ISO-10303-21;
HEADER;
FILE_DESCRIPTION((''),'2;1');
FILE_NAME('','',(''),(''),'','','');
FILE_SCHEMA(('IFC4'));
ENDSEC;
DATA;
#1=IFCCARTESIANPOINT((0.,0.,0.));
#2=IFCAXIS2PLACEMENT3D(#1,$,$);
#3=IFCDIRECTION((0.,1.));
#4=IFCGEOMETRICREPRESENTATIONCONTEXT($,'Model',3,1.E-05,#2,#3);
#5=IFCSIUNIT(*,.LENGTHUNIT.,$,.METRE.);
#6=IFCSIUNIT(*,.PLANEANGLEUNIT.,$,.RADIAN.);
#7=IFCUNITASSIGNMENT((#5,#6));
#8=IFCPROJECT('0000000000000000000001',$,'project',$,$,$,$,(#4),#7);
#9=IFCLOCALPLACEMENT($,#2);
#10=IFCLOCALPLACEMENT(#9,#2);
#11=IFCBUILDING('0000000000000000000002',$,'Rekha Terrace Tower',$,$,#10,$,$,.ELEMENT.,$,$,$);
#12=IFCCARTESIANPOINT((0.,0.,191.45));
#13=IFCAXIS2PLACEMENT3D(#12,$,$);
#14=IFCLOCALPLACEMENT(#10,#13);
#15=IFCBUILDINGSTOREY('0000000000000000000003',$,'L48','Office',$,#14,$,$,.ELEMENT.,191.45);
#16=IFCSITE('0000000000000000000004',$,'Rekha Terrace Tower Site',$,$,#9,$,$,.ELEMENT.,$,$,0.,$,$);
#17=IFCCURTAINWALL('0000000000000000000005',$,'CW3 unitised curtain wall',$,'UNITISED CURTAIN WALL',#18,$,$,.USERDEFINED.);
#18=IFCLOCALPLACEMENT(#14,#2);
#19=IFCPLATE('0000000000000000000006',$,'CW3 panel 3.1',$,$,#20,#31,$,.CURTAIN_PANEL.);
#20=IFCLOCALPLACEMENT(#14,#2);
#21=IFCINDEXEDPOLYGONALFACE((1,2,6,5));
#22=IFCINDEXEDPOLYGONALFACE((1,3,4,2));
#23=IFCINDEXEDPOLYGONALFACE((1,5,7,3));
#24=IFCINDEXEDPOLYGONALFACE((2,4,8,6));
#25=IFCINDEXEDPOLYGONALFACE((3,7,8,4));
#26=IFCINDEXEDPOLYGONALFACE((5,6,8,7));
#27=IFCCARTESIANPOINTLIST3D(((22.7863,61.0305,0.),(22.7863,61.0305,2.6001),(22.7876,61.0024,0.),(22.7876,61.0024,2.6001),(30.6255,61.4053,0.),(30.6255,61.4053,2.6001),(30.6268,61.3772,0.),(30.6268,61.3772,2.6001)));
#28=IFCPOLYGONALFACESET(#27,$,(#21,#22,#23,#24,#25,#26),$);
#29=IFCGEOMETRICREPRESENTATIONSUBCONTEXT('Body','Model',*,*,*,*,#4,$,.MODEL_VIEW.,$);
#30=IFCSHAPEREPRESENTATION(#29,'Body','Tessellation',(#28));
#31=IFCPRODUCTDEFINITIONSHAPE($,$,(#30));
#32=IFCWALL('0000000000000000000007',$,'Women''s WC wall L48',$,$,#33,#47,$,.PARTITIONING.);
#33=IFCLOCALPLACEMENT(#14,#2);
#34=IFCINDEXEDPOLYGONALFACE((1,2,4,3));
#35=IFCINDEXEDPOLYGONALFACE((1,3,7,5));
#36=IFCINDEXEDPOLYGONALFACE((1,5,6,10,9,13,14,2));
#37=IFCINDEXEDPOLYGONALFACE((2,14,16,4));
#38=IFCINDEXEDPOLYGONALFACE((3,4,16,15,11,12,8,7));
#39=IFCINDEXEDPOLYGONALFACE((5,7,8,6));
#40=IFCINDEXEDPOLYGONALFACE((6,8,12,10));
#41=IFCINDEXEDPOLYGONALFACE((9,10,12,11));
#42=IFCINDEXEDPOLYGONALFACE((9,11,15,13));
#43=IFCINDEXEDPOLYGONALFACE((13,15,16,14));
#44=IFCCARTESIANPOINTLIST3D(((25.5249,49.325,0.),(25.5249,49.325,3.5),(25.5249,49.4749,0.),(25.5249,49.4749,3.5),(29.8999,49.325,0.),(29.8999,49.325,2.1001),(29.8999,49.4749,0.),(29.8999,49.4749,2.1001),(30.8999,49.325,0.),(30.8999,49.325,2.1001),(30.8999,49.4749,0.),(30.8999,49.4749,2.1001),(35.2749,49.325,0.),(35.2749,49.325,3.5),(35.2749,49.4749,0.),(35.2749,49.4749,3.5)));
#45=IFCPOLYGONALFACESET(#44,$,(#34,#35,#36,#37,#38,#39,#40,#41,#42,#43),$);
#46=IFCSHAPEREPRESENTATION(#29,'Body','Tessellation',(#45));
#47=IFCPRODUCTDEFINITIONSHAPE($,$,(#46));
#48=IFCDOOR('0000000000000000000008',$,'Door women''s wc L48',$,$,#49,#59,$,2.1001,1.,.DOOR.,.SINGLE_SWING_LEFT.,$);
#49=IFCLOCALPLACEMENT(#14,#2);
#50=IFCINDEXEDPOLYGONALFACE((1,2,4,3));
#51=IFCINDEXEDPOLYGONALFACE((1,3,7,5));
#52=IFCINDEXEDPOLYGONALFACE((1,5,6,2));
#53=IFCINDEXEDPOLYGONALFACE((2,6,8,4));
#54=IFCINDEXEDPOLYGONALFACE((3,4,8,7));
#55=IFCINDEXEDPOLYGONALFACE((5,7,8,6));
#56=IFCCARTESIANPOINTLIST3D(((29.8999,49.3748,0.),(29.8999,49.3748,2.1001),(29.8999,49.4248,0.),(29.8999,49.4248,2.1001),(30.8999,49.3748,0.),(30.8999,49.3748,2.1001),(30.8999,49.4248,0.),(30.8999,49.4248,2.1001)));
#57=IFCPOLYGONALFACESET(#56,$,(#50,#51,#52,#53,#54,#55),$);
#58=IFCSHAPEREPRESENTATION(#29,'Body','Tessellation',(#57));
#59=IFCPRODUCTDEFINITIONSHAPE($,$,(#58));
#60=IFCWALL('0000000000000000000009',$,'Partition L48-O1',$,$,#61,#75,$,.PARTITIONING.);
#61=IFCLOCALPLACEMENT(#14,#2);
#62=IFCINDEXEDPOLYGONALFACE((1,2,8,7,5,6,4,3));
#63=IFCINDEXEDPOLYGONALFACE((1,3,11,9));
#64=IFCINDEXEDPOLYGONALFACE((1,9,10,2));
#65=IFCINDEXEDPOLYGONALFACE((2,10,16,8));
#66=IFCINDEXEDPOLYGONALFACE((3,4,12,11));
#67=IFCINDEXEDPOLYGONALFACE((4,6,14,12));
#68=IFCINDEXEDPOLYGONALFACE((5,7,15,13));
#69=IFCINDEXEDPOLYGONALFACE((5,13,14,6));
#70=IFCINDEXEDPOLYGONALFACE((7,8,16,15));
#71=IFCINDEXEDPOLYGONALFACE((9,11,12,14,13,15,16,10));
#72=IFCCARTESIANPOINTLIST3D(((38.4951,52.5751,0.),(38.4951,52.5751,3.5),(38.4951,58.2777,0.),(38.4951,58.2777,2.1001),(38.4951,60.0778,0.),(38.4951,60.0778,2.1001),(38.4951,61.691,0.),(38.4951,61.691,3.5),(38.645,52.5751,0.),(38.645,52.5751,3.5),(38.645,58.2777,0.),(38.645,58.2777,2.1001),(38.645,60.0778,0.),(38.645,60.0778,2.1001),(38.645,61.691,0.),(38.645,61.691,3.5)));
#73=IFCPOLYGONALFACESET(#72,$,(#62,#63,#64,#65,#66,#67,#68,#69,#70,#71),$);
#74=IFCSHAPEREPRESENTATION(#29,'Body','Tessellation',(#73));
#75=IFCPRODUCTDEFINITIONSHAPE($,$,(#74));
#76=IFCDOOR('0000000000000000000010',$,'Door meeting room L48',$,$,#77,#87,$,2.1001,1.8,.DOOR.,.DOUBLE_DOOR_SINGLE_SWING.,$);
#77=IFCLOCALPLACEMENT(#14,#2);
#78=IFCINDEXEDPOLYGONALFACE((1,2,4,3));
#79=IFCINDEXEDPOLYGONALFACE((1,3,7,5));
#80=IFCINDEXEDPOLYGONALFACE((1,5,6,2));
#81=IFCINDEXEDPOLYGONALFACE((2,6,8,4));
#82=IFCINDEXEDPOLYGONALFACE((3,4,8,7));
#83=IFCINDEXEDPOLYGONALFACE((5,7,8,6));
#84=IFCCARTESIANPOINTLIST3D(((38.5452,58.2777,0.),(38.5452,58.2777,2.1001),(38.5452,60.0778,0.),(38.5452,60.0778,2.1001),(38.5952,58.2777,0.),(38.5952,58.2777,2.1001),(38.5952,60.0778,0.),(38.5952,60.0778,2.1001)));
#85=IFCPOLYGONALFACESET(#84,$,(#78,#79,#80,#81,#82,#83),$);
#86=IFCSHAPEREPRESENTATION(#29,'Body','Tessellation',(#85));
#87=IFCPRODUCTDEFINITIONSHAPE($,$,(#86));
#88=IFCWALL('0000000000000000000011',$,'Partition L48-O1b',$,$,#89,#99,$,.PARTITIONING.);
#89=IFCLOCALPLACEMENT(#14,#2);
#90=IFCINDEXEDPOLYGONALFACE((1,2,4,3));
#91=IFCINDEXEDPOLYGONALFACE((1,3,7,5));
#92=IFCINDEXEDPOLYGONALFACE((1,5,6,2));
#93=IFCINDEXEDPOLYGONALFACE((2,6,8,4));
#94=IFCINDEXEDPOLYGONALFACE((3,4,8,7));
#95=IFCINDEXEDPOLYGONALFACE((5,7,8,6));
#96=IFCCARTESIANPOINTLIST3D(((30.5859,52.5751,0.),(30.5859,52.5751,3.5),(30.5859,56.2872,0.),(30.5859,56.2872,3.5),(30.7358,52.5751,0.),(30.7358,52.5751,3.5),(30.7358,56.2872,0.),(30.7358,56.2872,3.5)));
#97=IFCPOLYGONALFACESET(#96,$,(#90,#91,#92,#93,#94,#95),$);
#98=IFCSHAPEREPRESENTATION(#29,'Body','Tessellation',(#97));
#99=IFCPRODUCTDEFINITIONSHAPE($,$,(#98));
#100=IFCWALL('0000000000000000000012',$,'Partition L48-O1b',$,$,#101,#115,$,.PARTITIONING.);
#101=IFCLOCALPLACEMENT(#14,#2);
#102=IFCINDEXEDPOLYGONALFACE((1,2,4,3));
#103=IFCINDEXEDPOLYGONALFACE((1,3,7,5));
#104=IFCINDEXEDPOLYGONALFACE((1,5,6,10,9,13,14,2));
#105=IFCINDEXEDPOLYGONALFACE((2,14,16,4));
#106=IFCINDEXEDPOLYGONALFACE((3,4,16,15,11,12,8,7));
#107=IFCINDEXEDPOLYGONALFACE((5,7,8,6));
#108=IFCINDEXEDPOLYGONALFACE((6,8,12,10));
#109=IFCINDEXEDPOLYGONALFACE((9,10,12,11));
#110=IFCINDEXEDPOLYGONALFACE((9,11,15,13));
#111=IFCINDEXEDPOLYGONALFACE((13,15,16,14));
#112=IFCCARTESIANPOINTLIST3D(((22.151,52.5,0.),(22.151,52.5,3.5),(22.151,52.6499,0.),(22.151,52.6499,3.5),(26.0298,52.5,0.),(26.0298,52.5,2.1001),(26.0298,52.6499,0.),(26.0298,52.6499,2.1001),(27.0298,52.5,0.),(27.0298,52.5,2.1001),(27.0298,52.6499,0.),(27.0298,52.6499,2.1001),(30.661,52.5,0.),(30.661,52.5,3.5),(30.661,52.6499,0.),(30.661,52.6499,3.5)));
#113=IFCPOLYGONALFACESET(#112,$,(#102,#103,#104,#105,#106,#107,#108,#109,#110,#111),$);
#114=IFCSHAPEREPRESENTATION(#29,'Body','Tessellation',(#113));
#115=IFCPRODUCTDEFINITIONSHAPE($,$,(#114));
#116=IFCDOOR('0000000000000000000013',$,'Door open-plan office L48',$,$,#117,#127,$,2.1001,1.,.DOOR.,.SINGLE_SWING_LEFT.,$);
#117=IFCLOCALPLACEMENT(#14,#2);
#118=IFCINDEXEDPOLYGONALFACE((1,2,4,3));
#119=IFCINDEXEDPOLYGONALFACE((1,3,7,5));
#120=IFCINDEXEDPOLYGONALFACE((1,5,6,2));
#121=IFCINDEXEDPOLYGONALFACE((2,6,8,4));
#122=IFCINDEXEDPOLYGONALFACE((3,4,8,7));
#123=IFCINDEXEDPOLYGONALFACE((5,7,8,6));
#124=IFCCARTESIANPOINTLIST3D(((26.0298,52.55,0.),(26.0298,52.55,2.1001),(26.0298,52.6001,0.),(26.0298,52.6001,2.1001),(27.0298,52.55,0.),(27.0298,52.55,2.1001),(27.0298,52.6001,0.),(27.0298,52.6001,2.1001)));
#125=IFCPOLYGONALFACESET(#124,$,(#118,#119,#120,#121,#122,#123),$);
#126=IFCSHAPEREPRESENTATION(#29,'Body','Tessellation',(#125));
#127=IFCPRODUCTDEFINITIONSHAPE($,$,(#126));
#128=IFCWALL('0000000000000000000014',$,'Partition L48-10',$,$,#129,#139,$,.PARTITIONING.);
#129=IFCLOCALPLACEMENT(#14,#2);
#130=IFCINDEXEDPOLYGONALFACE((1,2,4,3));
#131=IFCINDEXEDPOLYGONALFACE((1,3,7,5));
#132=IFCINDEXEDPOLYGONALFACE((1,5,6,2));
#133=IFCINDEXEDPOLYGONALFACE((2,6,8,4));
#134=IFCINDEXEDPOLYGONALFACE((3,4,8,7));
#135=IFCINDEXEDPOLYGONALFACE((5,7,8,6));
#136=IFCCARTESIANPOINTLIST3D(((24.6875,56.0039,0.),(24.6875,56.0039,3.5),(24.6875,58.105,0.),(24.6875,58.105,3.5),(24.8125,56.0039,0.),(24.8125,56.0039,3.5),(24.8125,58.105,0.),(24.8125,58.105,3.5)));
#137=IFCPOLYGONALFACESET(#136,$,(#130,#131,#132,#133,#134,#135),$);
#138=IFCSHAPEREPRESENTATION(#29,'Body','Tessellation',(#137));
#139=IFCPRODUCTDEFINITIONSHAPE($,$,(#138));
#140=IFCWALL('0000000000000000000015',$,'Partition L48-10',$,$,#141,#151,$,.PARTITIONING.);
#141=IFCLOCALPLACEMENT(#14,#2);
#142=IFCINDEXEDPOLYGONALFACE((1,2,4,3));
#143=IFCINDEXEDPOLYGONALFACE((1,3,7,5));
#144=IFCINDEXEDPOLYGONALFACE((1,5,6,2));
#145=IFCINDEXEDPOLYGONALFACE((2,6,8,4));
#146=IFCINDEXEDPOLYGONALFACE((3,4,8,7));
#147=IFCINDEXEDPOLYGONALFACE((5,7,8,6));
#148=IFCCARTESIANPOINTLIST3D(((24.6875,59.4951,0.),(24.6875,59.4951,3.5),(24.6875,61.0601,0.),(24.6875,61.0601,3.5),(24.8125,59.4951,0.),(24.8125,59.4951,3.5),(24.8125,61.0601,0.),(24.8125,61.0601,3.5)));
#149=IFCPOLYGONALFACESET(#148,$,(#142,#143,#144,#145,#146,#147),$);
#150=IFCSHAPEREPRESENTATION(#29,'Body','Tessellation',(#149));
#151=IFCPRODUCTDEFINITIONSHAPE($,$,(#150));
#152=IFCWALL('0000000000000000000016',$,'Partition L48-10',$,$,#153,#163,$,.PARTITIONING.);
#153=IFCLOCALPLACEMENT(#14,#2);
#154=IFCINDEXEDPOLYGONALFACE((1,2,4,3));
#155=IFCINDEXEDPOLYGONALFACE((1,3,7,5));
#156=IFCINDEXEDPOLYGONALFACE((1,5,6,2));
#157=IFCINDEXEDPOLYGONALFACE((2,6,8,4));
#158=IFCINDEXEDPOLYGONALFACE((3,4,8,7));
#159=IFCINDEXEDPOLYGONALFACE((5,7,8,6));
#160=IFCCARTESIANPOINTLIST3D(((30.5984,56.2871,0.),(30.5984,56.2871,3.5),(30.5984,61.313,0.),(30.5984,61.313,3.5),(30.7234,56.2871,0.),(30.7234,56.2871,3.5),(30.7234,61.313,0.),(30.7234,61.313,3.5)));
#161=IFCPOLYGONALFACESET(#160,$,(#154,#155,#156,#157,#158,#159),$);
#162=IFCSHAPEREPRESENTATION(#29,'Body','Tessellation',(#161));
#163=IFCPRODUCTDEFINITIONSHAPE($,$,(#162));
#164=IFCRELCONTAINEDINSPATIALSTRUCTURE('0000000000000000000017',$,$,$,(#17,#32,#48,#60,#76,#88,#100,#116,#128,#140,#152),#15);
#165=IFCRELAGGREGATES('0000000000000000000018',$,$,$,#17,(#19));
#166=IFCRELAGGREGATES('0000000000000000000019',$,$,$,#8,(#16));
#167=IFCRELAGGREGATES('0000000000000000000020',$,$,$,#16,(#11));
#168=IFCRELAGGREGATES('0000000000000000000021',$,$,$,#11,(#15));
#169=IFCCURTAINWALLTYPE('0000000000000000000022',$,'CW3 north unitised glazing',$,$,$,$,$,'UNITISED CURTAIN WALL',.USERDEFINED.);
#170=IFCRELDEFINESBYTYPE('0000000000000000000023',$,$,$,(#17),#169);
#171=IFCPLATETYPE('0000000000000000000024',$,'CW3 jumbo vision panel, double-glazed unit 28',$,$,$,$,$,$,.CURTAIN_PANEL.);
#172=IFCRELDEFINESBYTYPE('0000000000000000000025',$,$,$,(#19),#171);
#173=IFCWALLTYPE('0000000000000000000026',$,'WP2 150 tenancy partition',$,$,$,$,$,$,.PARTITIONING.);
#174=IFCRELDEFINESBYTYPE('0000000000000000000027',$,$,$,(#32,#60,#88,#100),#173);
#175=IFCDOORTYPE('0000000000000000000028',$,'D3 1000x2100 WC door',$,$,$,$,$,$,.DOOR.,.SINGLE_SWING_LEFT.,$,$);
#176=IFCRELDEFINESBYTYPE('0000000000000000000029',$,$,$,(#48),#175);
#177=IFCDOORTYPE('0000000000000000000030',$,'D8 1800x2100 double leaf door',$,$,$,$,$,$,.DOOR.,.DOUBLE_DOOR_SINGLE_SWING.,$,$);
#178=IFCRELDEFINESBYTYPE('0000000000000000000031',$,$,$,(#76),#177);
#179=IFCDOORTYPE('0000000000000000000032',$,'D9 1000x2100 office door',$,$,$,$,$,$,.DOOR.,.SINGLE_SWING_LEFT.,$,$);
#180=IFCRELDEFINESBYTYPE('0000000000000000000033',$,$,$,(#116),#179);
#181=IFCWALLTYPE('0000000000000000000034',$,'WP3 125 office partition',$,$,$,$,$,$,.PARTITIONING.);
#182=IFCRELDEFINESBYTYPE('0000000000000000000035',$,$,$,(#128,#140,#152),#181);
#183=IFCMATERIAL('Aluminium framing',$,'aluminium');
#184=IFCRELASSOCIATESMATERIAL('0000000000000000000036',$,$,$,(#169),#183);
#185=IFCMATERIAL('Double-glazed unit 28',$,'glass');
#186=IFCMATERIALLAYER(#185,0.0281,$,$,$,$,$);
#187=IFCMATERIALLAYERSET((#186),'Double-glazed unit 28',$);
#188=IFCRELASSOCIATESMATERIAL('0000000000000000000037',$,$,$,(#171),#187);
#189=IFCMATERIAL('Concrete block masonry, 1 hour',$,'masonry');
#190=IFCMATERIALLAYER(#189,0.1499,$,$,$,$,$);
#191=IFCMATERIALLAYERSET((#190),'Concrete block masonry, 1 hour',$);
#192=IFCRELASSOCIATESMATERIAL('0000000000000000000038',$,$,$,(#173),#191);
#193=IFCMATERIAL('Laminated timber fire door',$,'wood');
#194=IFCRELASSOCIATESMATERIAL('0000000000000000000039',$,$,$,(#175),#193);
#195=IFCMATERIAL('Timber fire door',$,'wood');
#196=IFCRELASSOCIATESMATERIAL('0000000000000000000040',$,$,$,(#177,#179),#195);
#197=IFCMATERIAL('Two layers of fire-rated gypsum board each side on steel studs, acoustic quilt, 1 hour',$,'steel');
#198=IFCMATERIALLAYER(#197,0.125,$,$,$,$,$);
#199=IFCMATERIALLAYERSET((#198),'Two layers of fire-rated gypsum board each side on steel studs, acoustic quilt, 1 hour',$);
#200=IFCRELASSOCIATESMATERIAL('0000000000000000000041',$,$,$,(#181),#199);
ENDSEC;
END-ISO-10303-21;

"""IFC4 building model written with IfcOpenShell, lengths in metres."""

from ifc_helpers import new_model, si_unit, direction, frame, frame_2d, origin, origin_2d, place, context, subcontext, project, spatial, rectangle, extrude, material, layer, layer_set, type_object, element, fill, aggregate, save


model = new_model("IFC4")

# Units and contexts
model_context = context("Model", 3, precision=1e-05, world=origin(), true_north=direction((0.0, 1.0)))
body_context = subcontext(model_context, "Body", "Model", "MODEL_VIEW")
ifc_project = project(units=[si_unit("LENGTHUNIT", "METRE"), si_unit("PLANEANGLEUNIT", "RADIAN")], contexts=[model_context])

# Site, building, storey
site_placement = place(None, origin())
site = spatial("IfcSite", under=ifc_project, at=site_placement, Name="Rekha Terrace Tower Site", CompositionType="ELEMENT", RefElevation=0.0)
building_placement = place(site_placement, origin())
building = spatial("IfcBuilding", under=site, at=building_placement, Name="Rekha Terrace Tower", CompositionType="ELEMENT")
storey_placement = place(building_placement, frame((0.0, 0.0, 191.45)))
storey = spatial("IfcBuildingStorey", under=building, at=storey_placement, Name="L48", Description="Office", CompositionType="ELEMENT", Elevation=191.45)

# Curtain wall, plate
ifc_material_1 = material(Name="Aluminium framing", Category="aluminium")
curtain_wall_type = type_object("IfcCurtainWallType", Name="CW3 north unitised glazing", ElementType="UNITISED CURTAIN WALL", PredefinedType="USERDEFINED", material=ifc_material_1)
curtain_wall_placement = place(storey_placement, origin())
curtain_wall = element("IfcCurtainWall", 1, at=curtain_wall_placement, inside=storey, type_object=curtain_wall_type, Name="CW3 unitised curtain wall", ObjectType="UNITISED CURTAIN WALL", PredefinedType="USERDEFINED")
ifc_material_2 = material(Name="Double-glazed unit 28", Category="glass")
ifc_layer_1 = layer(ifc_material_2, 0.0281)
ifc_layer_set_1 = layer_set([ifc_layer_1], Name="Double-glazed unit 28")
plate_type = type_object("IfcPlateType", Name="CW3 jumbo vision panel, double-glazed unit 28", PredefinedType="CURTAIN_PANEL", material=ifc_layer_set_1)
plate_1_placement = place(storey_placement, frame((26.7065, 61.2039, 0.0), z_axis=(0.0, 0.0, 1.0), x_axis=(-0.998859, -0.047759, 0.0)))
plate_1 = element("IfcPlate", 2, at=plate_1_placement, type_object=plate_type, Name="CW3 panel 3.1", PredefinedType="CURTAIN_PANEL", context=body_context, shape_type="SweptSolid", body=[
    extrude(rectangle(XDim=7.8481, YDim=0.0281, at=origin_2d()), origin(), (0.0, 0.0, 1.0), 2.6001),
])
aggregate(curtain_wall, [plate_1])

# Walls, openings, doors
ifc_material_3 = material(Name="Concrete block masonry, 1 hour", Category="masonry")
ifc_layer_2 = layer(ifc_material_3, 0.1499)
ifc_layer_set_2 = layer_set([ifc_layer_2], Name="Concrete block masonry, 1 hour")
wall_type_1 = type_object("IfcWallType", Name="WP2 150 tenancy partition", PredefinedType="PARTITIONING", material=ifc_layer_set_2)
wall_1_placement = place(storey_placement, frame((25.5249, 49.3999, 0.0), z_axis=(0.0, 0.0, 1.0), x_axis=(1.0, 0.0, 0.0)))
wall_1 = element("IfcWall", 3, at=wall_1_placement, inside=storey, type_object=wall_type_1, Name="Women's WC wall L48", PredefinedType="PARTITIONING", context=body_context, shape_type="SweptSolid", body=[
    extrude(rectangle(XDim=9.75, YDim=0.1499, at=frame_2d((4.875, 0.0))), origin(), (0.0, 0.0, 1.0), 3.5),
])
opening_1_placement = place(wall_1_placement, frame((4.375, 0.0, 0.0)))
opening_1 = element("IfcOpeningElement", 4, at=opening_1_placement, cuts=wall_1, PredefinedType="OPENING", context=body_context, shape_type="SweptSolid", body=[
    extrude(rectangle(XDim=1.0, YDim=2.1001, at=frame_2d((0.5, 1.05))), frame((0.0, 0.085, 0.0), z_axis=(0.0, -1.0, 0.0), x_axis=(1.0, 0.0, 0.0)), (0.0, 0.0, 1.0), 0.1699),
])
ifc_material_4 = material(Name="Laminated timber fire door", Category="wood")
door_type_1 = type_object("IfcDoorType", Name="D3 1000x2100 WC door", OperationType="SINGLE_SWING_LEFT", PredefinedType="DOOR", material=ifc_material_4)
door_1_placement = place(opening_1_placement, origin())
door_1 = element("IfcDoor", 5, at=door_1_placement, inside=storey, type_object=door_type_1, Name="Door women's wc L48", OperationType="SINGLE_SWING_LEFT", OverallHeight=2.1001, OverallWidth=1.0, PredefinedType="DOOR", context=body_context, shape_type="SweptSolid", body=[
    extrude(rectangle(XDim=1.0, YDim=2.1001, at=frame_2d((0.5, 1.05))), frame((0.0, 0.0249, 0.0), z_axis=(0.0, -1.0, 0.0), x_axis=(1.0, 0.0, 0.0)), (0.0, 0.0, 1.0), 0.05),
])
fill(opening_1, door_1)
wall_2_placement = place(storey_placement, frame((38.5701, 52.575, 0.0), z_axis=(0.0, 0.0, 1.0), x_axis=(0.0, 1.0, 0.0)))
wall_2 = element("IfcWall", 6, at=wall_2_placement, inside=storey, type_object=wall_type_1, Name="Partition L48-O1", PredefinedType="PARTITIONING", context=body_context, shape_type="SweptSolid", body=[
    extrude(rectangle(XDim=9.116, YDim=0.1499, at=frame_2d((4.5581, 0.0))), origin(), (0.0, 0.0, 1.0), 3.5),
])
opening_2_placement = place(wall_2_placement, frame((5.7029, 0.0, 0.0)))
opening_2 = element("IfcOpeningElement", 7, at=opening_2_placement, cuts=wall_2, PredefinedType="OPENING", context=body_context, shape_type="SweptSolid", body=[
    extrude(rectangle(XDim=1.8, YDim=2.1001, at=frame_2d((0.8999, 1.05))), frame((0.0, 0.085, 0.0), z_axis=(0.0, -1.0, 0.0), x_axis=(1.0, 0.0, 0.0)), (0.0, 0.0, 1.0), 0.1699),
])
ifc_material_5 = material(Name="Timber fire door", Category="wood")
door_type_2 = type_object("IfcDoorType", Name="D8 1800x2100 double leaf door", OperationType="DOUBLE_DOOR_SINGLE_SWING", PredefinedType="DOOR", material=ifc_material_5)
door_2_placement = place(opening_2_placement, origin())
door_2 = element("IfcDoor", 8, at=door_2_placement, inside=storey, type_object=door_type_2, Name="Door meeting room L48", OperationType="DOUBLE_DOOR_SINGLE_SWING", OverallHeight=2.1001, OverallWidth=1.8, PredefinedType="DOOR", context=body_context, shape_type="SweptSolid", body=[
    extrude(rectangle(XDim=1.8, YDim=2.1001, at=frame_2d((0.8999, 1.05))), frame((0.0, 0.0249, 0.0), z_axis=(0.0, -1.0, 0.0), x_axis=(1.0, 0.0, 0.0)), (0.0, 0.0, 1.0), 0.05),
])
fill(opening_2, door_2)

# Wall
wall_3_placement = place(storey_placement, frame((30.6609, 56.2871, 0.0), z_axis=(0.0, 0.0, 1.0), x_axis=(0.0, -1.0, 0.0)))
element("IfcWall", 9, at=wall_3_placement, inside=storey, type_object=wall_type_1, Name="Partition L48-O1b", PredefinedType="PARTITIONING", context=body_context, shape_type="SweptSolid", body=[
    extrude(rectangle(XDim=3.7122, YDim=0.1499, at=frame_2d((1.856, 0.0))), origin(), (0.0, 0.0, 1.0), 3.5),
])

# Wall, opening, door
wall_4_placement = place(storey_placement, frame((30.6609, 52.575, 0.0), z_axis=(0.0, 0.0, 1.0), x_axis=(-1.0, 0.0, 0.0)))
wall_4 = element("IfcWall", 10, at=wall_4_placement, inside=storey, type_object=wall_type_1, Name="Partition L48-O1b", PredefinedType="PARTITIONING", context=body_context, shape_type="SweptSolid", body=[
    extrude(rectangle(XDim=8.51, YDim=0.1499, at=frame_2d((4.2549, 0.0))), origin(), (0.0, 0.0, 1.0), 3.5),
])
opening_3_placement = place(wall_4_placement, frame((3.6311, 0.0, 0.0)))
opening_3 = element("IfcOpeningElement", 11, at=opening_3_placement, cuts=wall_4, PredefinedType="OPENING", context=body_context, shape_type="SweptSolid", body=[
    extrude(rectangle(XDim=1.0, YDim=2.1001, at=frame_2d((0.5, 1.05))), frame((0.0, 0.085, 0.0), z_axis=(0.0, -1.0, 0.0), x_axis=(1.0, 0.0, 0.0)), (0.0, 0.0, 1.0), 0.1699),
])
door_type_3 = type_object("IfcDoorType", Name="D9 1000x2100 office door", OperationType="SINGLE_SWING_LEFT", PredefinedType="DOOR", material=ifc_material_5)
door_3_placement = place(opening_3_placement, origin())
door_3 = element("IfcDoor", 12, at=door_3_placement, inside=storey, type_object=door_type_3, Name="Door open-plan office L48", OperationType="SINGLE_SWING_LEFT", OverallHeight=2.1001, OverallWidth=1.0, PredefinedType="DOOR", context=body_context, shape_type="SweptSolid", body=[
    extrude(rectangle(XDim=1.0, YDim=2.1001, at=frame_2d((0.5, 1.05))), frame((0.0, 0.0249, 0.0), z_axis=(0.0, -1.0, 0.0), x_axis=(1.0, 0.0, 0.0)), (0.0, 0.0, 1.0), 0.05),
])
fill(opening_3, door_3)

# Walls
ifc_material_6 = material(Name="Two layers of fire-rated gypsum board each side on steel studs, acoustic quilt, 1 hour", Category="steel")
ifc_layer_3 = layer(ifc_material_6, 0.125)
ifc_layer_set_3 = layer_set([ifc_layer_3], Name="Two layers of fire-rated gypsum board each side on steel studs, acoustic quilt, 1 hour")
wall_type_2 = type_object("IfcWallType", Name="WP3 125 office partition", PredefinedType="PARTITIONING", material=ifc_layer_set_3)
wall_5_placement = place(storey_placement, frame((24.75, 56.0039, 0.0), z_axis=(0.0, 0.0, 1.0), x_axis=(0.0, 1.0, 0.0)))
element("IfcWall", 13, at=wall_5_placement, inside=storey, type_object=wall_type_2, Name="Partition L48-10", PredefinedType="PARTITIONING", context=body_context, shape_type="SweptSolid", body=[
    extrude(rectangle(XDim=2.1011, YDim=0.125, at=frame_2d((1.0505, 0.0))), origin(), (0.0, 0.0, 1.0), 3.5),
])
wall_6_placement = place(storey_placement, frame((24.75, 59.4951, 0.0), z_axis=(0.0, 0.0, 1.0), x_axis=(0.0, 1.0, 0.0)))
element("IfcWall", 14, at=wall_6_placement, inside=storey, type_object=wall_type_2, Name="Partition L48-10", PredefinedType="PARTITIONING", context=body_context, shape_type="SweptSolid", body=[
    extrude(rectangle(XDim=1.5649, YDim=0.125, at=frame_2d((0.7825, 0.0))), origin(), (0.0, 0.0, 1.0), 3.5),
])
wall_7_placement = place(storey_placement, frame((30.6609, 61.313, 0.0), z_axis=(0.0, 0.0, 1.0), x_axis=(0.0, -1.0, 0.0)))
element("IfcWall", 15, at=wall_7_placement, inside=storey, type_object=wall_type_2, Name="Partition L48-10", PredefinedType="PARTITIONING", context=body_context, shape_type="SweptSolid", body=[
    extrude(rectangle(XDim=5.0259, YDim=0.125, at=frame_2d((2.5129, 0.0))), origin(), (0.0, 0.0, 1.0), 3.5),
])

save(model, "model.ifc")
